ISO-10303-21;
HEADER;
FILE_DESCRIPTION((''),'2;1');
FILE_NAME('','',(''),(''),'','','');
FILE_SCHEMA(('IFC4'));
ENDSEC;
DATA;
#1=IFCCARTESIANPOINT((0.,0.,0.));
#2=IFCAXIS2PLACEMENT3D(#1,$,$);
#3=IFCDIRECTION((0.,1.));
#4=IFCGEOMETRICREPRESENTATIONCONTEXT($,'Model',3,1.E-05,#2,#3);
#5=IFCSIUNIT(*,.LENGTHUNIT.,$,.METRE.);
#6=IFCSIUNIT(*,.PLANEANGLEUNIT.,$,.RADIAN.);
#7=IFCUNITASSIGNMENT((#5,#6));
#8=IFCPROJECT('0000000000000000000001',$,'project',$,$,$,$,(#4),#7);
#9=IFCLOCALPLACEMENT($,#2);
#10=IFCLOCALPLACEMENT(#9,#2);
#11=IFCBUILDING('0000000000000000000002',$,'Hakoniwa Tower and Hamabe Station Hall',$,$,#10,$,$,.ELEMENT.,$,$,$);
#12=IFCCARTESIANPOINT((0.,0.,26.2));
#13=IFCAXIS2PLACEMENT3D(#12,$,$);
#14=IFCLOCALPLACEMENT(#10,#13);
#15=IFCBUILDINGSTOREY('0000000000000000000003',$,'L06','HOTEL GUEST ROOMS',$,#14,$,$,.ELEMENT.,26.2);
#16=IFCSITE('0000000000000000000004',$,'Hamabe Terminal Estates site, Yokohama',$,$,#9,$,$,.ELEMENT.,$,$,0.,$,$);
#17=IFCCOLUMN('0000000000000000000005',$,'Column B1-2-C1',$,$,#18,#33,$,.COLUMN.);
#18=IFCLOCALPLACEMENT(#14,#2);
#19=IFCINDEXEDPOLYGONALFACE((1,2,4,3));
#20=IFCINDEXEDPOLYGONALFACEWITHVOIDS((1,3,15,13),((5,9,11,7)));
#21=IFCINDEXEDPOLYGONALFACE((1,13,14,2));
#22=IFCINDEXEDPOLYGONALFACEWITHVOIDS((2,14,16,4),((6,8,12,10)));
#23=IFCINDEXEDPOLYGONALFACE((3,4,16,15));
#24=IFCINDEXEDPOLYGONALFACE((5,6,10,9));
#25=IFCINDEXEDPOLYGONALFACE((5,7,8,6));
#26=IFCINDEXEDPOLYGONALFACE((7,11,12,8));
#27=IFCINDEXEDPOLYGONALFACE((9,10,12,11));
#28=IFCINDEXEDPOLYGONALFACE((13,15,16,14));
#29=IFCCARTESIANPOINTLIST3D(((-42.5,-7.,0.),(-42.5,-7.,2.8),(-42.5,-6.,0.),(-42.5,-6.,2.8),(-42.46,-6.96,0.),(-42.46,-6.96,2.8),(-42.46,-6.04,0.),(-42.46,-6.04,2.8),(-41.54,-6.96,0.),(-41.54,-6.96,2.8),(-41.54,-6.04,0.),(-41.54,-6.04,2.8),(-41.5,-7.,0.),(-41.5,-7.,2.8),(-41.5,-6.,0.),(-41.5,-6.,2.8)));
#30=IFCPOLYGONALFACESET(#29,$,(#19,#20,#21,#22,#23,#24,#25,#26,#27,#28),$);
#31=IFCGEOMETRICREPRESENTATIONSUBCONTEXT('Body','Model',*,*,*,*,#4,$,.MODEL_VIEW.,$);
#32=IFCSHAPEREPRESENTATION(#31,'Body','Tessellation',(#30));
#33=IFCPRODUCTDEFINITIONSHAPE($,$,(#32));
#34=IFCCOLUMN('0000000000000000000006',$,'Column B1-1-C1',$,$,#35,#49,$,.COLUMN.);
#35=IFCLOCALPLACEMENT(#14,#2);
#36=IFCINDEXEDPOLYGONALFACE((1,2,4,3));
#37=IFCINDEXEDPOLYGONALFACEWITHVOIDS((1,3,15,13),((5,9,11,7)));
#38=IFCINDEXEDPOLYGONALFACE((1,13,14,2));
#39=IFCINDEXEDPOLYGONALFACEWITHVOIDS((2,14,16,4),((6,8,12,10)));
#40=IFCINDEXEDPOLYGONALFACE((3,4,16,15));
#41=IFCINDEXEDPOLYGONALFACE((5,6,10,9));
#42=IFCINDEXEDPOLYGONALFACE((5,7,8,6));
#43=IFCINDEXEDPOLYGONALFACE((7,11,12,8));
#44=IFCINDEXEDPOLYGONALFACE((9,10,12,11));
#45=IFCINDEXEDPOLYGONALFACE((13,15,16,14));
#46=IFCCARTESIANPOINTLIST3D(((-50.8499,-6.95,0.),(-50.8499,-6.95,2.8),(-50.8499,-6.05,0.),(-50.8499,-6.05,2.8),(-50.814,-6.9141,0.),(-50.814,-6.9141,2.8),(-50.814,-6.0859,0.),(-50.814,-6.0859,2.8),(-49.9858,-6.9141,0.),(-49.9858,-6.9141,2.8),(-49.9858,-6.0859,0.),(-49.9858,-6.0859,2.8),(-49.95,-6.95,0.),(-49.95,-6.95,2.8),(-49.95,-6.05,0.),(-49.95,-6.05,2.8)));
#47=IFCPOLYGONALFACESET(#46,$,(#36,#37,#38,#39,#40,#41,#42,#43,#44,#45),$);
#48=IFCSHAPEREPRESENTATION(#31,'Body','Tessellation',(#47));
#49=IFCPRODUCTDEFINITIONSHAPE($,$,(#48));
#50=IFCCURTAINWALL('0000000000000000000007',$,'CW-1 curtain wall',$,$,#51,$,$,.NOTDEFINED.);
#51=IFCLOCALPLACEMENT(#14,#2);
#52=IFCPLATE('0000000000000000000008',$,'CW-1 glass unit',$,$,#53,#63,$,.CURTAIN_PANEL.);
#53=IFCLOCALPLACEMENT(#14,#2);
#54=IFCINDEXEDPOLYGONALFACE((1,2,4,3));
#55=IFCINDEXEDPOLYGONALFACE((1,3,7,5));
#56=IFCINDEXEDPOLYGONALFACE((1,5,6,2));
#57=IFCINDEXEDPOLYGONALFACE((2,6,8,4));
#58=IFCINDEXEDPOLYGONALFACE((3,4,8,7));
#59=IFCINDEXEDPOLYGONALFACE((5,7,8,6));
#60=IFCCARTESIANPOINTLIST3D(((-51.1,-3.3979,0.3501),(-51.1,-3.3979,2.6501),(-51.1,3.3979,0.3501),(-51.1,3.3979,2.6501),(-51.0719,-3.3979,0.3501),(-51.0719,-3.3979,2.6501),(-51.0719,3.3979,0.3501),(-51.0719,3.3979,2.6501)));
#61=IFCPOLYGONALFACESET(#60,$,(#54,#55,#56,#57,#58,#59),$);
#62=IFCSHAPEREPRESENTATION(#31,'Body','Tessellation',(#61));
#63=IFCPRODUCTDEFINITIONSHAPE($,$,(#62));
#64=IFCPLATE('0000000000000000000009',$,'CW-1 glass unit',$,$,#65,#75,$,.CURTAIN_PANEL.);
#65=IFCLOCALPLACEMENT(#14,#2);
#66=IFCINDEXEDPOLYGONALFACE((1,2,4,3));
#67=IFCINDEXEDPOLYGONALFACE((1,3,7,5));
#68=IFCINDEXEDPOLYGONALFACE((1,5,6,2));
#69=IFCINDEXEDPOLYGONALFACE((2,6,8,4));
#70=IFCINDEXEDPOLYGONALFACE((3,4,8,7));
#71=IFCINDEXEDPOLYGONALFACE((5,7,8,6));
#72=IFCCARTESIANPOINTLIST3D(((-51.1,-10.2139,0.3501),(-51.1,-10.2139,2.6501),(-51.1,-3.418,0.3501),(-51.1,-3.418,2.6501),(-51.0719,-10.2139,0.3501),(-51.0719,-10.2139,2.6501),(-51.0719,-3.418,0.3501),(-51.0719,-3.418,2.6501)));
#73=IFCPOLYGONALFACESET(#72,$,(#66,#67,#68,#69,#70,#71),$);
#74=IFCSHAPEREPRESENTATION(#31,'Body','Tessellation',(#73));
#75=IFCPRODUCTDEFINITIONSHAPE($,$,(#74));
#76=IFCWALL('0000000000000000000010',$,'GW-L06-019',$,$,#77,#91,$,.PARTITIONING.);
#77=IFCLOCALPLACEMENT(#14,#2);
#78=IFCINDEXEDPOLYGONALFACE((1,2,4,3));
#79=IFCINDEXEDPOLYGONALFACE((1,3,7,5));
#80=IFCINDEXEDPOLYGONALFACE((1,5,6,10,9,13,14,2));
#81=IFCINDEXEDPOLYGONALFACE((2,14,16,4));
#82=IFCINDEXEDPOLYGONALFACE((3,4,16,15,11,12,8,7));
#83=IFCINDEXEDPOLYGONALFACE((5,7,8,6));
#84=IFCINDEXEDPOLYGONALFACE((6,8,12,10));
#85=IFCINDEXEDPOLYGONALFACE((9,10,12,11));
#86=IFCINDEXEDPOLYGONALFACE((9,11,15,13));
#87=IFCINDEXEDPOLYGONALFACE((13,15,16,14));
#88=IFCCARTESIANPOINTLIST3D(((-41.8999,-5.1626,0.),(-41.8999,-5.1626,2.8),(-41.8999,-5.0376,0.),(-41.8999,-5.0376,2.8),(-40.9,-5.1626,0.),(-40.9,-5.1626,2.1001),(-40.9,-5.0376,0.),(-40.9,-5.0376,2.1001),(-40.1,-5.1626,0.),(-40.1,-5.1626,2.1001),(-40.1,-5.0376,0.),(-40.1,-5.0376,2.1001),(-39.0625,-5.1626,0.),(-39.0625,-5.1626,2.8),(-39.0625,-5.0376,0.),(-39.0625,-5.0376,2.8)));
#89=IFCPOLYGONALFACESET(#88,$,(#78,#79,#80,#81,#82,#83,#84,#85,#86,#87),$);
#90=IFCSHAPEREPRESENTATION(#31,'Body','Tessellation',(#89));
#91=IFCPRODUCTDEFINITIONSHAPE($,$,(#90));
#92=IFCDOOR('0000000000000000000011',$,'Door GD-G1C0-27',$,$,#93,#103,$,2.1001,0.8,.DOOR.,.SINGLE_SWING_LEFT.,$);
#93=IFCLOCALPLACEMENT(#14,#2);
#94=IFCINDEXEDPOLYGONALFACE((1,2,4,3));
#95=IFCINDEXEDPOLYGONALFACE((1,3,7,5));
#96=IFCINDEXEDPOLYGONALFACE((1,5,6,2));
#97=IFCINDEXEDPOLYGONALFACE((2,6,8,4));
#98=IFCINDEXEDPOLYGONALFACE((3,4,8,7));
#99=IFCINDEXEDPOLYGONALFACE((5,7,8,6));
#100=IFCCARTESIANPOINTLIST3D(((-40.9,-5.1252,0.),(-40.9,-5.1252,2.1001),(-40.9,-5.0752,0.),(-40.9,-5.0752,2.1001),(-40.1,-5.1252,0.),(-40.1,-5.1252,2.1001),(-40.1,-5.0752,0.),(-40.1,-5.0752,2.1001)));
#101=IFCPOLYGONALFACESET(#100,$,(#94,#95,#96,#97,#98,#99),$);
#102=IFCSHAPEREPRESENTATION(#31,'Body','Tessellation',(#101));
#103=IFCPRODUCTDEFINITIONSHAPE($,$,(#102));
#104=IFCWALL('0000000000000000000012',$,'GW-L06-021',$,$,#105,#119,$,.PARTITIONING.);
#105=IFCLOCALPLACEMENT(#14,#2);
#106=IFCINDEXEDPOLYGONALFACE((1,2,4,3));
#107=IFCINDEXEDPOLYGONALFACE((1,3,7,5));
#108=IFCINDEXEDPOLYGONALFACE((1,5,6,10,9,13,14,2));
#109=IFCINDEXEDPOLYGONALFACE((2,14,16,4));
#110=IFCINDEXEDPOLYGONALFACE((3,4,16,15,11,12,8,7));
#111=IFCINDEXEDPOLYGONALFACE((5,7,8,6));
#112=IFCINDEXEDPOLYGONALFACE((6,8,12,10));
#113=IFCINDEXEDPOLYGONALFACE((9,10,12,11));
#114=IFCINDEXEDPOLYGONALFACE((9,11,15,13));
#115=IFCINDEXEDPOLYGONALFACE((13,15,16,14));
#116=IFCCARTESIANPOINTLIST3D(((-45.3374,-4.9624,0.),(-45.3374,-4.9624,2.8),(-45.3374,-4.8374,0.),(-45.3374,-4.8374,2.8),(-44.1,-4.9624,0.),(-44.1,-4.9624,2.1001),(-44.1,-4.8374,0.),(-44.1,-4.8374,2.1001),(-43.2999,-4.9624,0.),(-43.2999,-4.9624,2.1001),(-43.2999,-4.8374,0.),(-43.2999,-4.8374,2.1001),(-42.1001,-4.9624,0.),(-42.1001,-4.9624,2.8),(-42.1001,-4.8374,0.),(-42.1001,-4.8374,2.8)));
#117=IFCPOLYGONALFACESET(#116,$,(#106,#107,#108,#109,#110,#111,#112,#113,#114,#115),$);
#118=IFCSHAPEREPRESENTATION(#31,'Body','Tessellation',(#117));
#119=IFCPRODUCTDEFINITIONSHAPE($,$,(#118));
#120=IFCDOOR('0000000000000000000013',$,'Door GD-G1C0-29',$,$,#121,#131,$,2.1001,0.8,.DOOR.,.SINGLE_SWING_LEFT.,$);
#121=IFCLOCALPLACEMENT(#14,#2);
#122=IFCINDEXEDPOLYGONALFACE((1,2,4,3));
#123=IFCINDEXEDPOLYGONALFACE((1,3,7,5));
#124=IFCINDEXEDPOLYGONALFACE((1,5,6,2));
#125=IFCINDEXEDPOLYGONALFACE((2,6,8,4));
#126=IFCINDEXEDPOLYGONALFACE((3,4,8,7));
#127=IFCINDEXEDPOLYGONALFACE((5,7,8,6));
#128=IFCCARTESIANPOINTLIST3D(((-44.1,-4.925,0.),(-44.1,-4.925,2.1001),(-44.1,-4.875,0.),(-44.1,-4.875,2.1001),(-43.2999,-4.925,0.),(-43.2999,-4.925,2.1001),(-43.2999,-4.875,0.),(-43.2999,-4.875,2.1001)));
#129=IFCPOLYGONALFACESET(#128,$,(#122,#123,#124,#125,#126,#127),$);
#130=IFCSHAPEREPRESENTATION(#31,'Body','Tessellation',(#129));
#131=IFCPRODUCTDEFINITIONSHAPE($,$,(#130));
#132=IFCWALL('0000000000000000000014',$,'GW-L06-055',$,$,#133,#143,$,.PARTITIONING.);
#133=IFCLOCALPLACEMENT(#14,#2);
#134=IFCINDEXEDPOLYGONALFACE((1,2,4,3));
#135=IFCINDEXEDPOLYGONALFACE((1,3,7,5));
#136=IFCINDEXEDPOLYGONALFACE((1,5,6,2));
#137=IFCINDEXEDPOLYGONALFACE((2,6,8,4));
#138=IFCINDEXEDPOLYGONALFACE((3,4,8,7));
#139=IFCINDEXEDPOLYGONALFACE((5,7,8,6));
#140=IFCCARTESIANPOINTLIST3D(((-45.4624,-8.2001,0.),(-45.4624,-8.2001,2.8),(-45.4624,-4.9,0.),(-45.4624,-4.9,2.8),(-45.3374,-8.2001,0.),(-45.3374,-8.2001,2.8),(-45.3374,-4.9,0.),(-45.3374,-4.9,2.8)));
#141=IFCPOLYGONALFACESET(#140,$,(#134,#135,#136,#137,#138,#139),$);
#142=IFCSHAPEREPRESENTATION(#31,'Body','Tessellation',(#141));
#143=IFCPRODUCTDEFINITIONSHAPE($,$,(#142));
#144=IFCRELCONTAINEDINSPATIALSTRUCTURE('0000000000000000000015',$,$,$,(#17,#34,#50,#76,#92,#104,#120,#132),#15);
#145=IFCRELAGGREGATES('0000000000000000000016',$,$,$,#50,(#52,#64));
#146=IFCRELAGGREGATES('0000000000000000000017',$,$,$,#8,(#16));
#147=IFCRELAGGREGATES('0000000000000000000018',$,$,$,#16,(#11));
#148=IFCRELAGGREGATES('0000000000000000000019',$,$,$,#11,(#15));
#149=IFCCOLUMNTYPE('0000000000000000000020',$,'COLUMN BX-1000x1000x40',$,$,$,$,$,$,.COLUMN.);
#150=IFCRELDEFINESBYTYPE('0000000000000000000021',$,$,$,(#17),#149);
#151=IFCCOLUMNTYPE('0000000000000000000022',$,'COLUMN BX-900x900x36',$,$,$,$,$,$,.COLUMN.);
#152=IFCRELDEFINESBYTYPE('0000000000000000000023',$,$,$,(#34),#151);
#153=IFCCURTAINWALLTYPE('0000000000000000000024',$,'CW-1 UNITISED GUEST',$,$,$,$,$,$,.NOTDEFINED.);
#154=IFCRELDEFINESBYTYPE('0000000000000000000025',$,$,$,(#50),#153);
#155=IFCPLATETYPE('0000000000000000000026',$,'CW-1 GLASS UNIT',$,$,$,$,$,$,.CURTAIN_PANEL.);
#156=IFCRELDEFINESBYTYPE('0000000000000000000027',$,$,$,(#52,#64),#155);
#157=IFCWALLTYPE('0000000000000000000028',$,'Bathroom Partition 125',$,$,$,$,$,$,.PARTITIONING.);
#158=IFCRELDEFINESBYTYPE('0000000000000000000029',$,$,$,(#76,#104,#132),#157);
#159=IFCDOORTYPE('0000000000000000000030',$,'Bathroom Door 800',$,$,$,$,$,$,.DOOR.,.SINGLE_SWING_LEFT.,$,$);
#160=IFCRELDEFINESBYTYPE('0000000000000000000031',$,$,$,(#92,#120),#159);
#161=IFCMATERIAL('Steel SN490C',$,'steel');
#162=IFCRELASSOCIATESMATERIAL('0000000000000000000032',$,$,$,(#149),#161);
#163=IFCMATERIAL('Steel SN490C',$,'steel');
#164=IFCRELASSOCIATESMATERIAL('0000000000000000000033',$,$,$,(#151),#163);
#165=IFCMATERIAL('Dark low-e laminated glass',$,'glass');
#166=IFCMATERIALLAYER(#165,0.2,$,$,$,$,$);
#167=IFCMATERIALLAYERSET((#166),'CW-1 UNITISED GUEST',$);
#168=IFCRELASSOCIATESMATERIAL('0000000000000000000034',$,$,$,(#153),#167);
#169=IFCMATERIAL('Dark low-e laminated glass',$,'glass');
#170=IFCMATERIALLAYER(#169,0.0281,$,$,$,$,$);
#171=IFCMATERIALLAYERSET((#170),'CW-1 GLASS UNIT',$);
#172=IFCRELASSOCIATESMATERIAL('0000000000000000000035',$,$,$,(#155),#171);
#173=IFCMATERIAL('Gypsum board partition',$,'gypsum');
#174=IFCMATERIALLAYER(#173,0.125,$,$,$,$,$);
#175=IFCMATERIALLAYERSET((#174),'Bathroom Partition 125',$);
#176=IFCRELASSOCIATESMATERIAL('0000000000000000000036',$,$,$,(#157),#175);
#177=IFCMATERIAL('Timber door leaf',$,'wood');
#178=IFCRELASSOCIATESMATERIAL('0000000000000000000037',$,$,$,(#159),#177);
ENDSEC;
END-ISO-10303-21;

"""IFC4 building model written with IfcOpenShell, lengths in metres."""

from ifc_helpers import new_model, si_unit, direction, frame, frame_2d, origin, origin_2d, place, context, subcontext, project, spatial, rectangle, hollow_rectangle, extrude, material, layer, layer_set, material_profile, profile_set, type_object, element, fill, aggregate, save


model = new_model("IFC4")

# Units and contexts
model_context = context("Model", 3, precision=1e-05, world=origin(), true_north=direction((0.0, 1.0)))
body_context = subcontext(model_context, "Body", "Model", "MODEL_VIEW")
ifc_project = project(units=[si_unit("LENGTHUNIT", "METRE"), si_unit("PLANEANGLEUNIT", "RADIAN")], contexts=[model_context])

# Site, building, storey
site_placement = place(None, origin())
site = spatial("IfcSite", under=ifc_project, at=site_placement, Name="Hamabe Terminal Estates site, Yokohama", CompositionType="ELEMENT", RefElevation=0.0)
building_placement = place(site_placement, origin())
building = spatial("IfcBuilding", under=site, at=building_placement, Name="Hakoniwa Tower and Hamabe Station Hall", CompositionType="ELEMENT")
storey_placement = place(building_placement, frame((0.0, 0.0, 26.2)))
storey = spatial("IfcBuildingStorey", under=building, at=storey_placement, Name="L06", Description="HOTEL GUEST ROOMS", CompositionType="ELEMENT", Elevation=26.2)

# Columns
ifc_material_1 = material(Name="Steel SN490C", Category="steel")
ifc_material_profile_1 = material_profile(ifc_material_1, hollow_rectangle(XDim=1.0, YDim=1.0, WallThickness=0.04, at=origin_2d()), Name="BX-1000x1000x40")
ifc_profile_set_1 = profile_set([ifc_material_profile_1], Name="Steel SN490C")
column_type_1 = type_object("IfcColumnType", Name="COLUMN BX-1000x1000x40", PredefinedType="COLUMN", material=ifc_profile_set_1)
column_1_placement = place(storey_placement, frame((-42.0, -6.5, 0.0), z_axis=(0.0, 0.0, 1.0), x_axis=(1.0, 0.0, 0.0)))
element("IfcColumn", 1, at=column_1_placement, inside=storey, type_object=column_type_1, Name="Column B1-2-C1", PredefinedType="COLUMN", context=body_context, shape_type="SweptSolid", body=[
    extrude(hollow_rectangle(XDim=1.0, YDim=1.0, WallThickness=0.04, at=origin_2d()), origin(), (0.0, 0.0, 1.0), 2.8),
])
ifc_material_2 = material(Name="Steel SN490C", Category="steel")
ifc_material_profile_2 = material_profile(ifc_material_2, hollow_rectangle(XDim=0.8999, YDim=0.8999, WallThickness=0.0359, at=origin_2d()), Name="BX-900x900x36")
ifc_profile_set_2 = profile_set([ifc_material_profile_2], Name="Steel SN490C")
column_type_2 = type_object("IfcColumnType", Name="COLUMN BX-900x900x36", PredefinedType="COLUMN", material=ifc_profile_set_2)
column_2_placement = place(storey_placement, frame((-50.3999, -6.5, 0.0), z_axis=(0.0, 0.0, 1.0), x_axis=(1.0, 0.0, 0.0)))
element("IfcColumn", 2, at=column_2_placement, inside=storey, type_object=column_type_2, Name="Column B1-1-C1", PredefinedType="COLUMN", context=body_context, shape_type="SweptSolid", body=[
    extrude(hollow_rectangle(XDim=0.8999, YDim=0.8999, WallThickness=0.0359, at=origin_2d()), origin(), (0.0, 0.0, 1.0), 2.8),
])

# Curtain wall, plates
ifc_material_3 = material(Name="Dark low-e laminated glass", Category="glass")
ifc_layer_1 = layer(ifc_material_3, 0.2)
ifc_layer_set_1 = layer_set([ifc_layer_1], Name="CW-1 UNITISED GUEST")
curtain_wall_type = type_object("IfcCurtainWallType", Name="CW-1 UNITISED GUEST", PredefinedType="NOTDEFINED", material=ifc_layer_set_1)
curtain_wall_placement = place(storey_placement, origin())
curtain_wall = element("IfcCurtainWall", 3, at=curtain_wall_placement, inside=storey, type_object=curtain_wall_type, Name="CW-1 curtain wall", PredefinedType="NOTDEFINED")
ifc_material_4 = material(Name="Dark low-e laminated glass", Category="glass")
ifc_layer_2 = layer(ifc_material_4, 0.0281)
ifc_layer_set_2 = layer_set([ifc_layer_2], Name="CW-1 GLASS UNIT")
plate_type = type_object("IfcPlateType", Name="CW-1 GLASS UNIT", PredefinedType="CURTAIN_PANEL", material=ifc_layer_set_2)
plate_1_placement = place(storey_placement, frame((-51.0859, 0.0, 0.3501), z_axis=(0.0, 0.0, 1.0), x_axis=(0.0, -1.0, 0.0)))
plate_1 = element("IfcPlate", 4, at=plate_1_placement, type_object=plate_type, Name="CW-1 glass unit", PredefinedType="CURTAIN_PANEL", context=body_context, shape_type="SweptSolid", body=[
    extrude(rectangle(XDim=6.7959, YDim=0.0281, at=origin_2d()), origin(), (0.0, 0.0, 1.0), 2.3),
])
plate_2_placement = place(storey_placement, frame((-51.0859, -6.8159, 0.3501), z_axis=(0.0, 0.0, 1.0), x_axis=(0.0, -1.0, 0.0)))
plate_2 = element("IfcPlate", 5, at=plate_2_placement, type_object=plate_type, Name="CW-1 glass unit", PredefinedType="CURTAIN_PANEL", context=body_context, shape_type="SweptSolid", body=[
    extrude(rectangle(XDim=6.7959, YDim=0.0281, at=origin_2d()), origin(), (0.0, 0.0, 1.0), 2.3),
])
aggregate(curtain_wall, [plate_1, plate_2])

# Walls, openings, doors
ifc_material_5 = material(Name="Gypsum board partition", Category="gypsum")
ifc_layer_3 = layer(ifc_material_5, 0.125)
ifc_layer_set_3 = layer_set([ifc_layer_3], Name="Bathroom Partition 125")
wall_type_1 = type_object("IfcWallType", Name="Bathroom Partition 125", PredefinedType="PARTITIONING", material=ifc_layer_set_3)
wall_1_placement = place(storey_placement, frame((-41.8999, -5.1001, 0.0), z_axis=(0.0, 0.0, 1.0), x_axis=(1.0, 0.0, 0.0)))
wall_1 = element("IfcWall", 6, at=wall_1_placement, inside=storey, type_object=wall_type_1, Name="GW-L06-019", PredefinedType="PARTITIONING", context=body_context, shape_type="SweptSolid", body=[
    extrude(rectangle(XDim=2.8374, YDim=0.125, at=frame_2d((1.4187, 0.0))), origin(), (0.0, 0.0, 1.0), 2.8),
])
opening_1_placement = place(wall_1_placement, frame((1.0, 0.0, 0.0)))
opening_1 = element("IfcOpeningElement", 7, at=opening_1_placement, cuts=wall_1, PredefinedType="OPENING", context=body_context, shape_type="SweptSolid", body=[
    extrude(rectangle(XDim=0.8, YDim=2.1001, at=frame_2d((0.3999, 1.05))), frame((0.0, 0.0725, 0.0), z_axis=(0.0, -1.0, 0.0), x_axis=(1.0, 0.0, 0.0)), (0.0, 0.0, 1.0), 0.145),
])
ifc_material_6 = material(Name="Timber door leaf", Category="wood")
door_type_1 = type_object("IfcDoorType", Name="Bathroom Door 800", OperationType="SINGLE_SWING_LEFT", PredefinedType="DOOR", material=ifc_material_6)
door_1_placement = place(opening_1_placement, origin())
door_1 = element("IfcDoor", 8, at=door_1_placement, inside=storey, type_object=door_type_1, Name="Door GD-G1C0-27", OperationType="SINGLE_SWING_LEFT", OverallHeight=2.1001, OverallWidth=0.8, PredefinedType="DOOR", context=body_context, shape_type="SweptSolid", body=[
    extrude(rectangle(XDim=0.8, YDim=2.1001, at=frame_2d((0.3999, 1.05))), frame((0.0, 0.0249, 0.0), z_axis=(0.0, -1.0, 0.0), x_axis=(1.0, 0.0, 0.0)), (0.0, 0.0, 1.0), 0.05),
])
fill(opening_1, door_1)
wall_2_placement = place(storey_placement, frame((-45.3374, -4.8999, 0.0), z_axis=(0.0, 0.0, 1.0), x_axis=(1.0, 0.0, 0.0)))
wall_2 = element("IfcWall", 9, at=wall_2_placement, inside=storey, type_object=wall_type_1, Name="GW-L06-021", PredefinedType="PARTITIONING", context=body_context, shape_type="SweptSolid", body=[
    extrude(rectangle(XDim=3.2373, YDim=0.125, at=frame_2d((1.6187, 0.0))), origin(), (0.0, 0.0, 1.0), 2.8),
])
opening_2_placement = place(wall_2_placement, frame((1.2375, 0.0, 0.0)))
opening_2 = element("IfcOpeningElement", 10, at=opening_2_placement, cuts=wall_2, PredefinedType="OPENING", context=body_context, shape_type="SweptSolid", body=[
    extrude(rectangle(XDim=0.8, YDim=2.1001, at=frame_2d((0.3999, 1.05))), frame((0.0, 0.0725, 0.0), z_axis=(0.0, -1.0, 0.0), x_axis=(1.0, 0.0, 0.0)), (0.0, 0.0, 1.0), 0.145),
])
door_2_placement = place(opening_2_placement, origin())
door_2 = element("IfcDoor", 11, at=door_2_placement, inside=storey, type_object=door_type_1, Name="Door GD-G1C0-29", OperationType="SINGLE_SWING_LEFT", OverallHeight=2.1001, OverallWidth=0.8, PredefinedType="DOOR", context=body_context, shape_type="SweptSolid", body=[
    extrude(rectangle(XDim=0.8, YDim=2.1001, at=frame_2d((0.3999, 1.05))), frame((0.0, 0.0249, 0.0), z_axis=(0.0, -1.0, 0.0), x_axis=(1.0, 0.0, 0.0)), (0.0, 0.0, 1.0), 0.05),
])
fill(opening_2, door_2)

# Wall
wall_3_placement = place(storey_placement, frame((-45.3999, -8.2, 0.0), z_axis=(0.0, 0.0, 1.0), x_axis=(0.0, 1.0, 0.0)))
element("IfcWall", 12, at=wall_3_placement, inside=storey, type_object=wall_type_1, Name="GW-L06-055", PredefinedType="PARTITIONING", context=body_context, shape_type="SweptSolid", body=[
    extrude(rectangle(XDim=3.3, YDim=0.125, at=frame_2d((1.6499, 0.0))), origin(), (0.0, 0.0, 1.0), 2.8),
])

save(model, "model.ifc")
